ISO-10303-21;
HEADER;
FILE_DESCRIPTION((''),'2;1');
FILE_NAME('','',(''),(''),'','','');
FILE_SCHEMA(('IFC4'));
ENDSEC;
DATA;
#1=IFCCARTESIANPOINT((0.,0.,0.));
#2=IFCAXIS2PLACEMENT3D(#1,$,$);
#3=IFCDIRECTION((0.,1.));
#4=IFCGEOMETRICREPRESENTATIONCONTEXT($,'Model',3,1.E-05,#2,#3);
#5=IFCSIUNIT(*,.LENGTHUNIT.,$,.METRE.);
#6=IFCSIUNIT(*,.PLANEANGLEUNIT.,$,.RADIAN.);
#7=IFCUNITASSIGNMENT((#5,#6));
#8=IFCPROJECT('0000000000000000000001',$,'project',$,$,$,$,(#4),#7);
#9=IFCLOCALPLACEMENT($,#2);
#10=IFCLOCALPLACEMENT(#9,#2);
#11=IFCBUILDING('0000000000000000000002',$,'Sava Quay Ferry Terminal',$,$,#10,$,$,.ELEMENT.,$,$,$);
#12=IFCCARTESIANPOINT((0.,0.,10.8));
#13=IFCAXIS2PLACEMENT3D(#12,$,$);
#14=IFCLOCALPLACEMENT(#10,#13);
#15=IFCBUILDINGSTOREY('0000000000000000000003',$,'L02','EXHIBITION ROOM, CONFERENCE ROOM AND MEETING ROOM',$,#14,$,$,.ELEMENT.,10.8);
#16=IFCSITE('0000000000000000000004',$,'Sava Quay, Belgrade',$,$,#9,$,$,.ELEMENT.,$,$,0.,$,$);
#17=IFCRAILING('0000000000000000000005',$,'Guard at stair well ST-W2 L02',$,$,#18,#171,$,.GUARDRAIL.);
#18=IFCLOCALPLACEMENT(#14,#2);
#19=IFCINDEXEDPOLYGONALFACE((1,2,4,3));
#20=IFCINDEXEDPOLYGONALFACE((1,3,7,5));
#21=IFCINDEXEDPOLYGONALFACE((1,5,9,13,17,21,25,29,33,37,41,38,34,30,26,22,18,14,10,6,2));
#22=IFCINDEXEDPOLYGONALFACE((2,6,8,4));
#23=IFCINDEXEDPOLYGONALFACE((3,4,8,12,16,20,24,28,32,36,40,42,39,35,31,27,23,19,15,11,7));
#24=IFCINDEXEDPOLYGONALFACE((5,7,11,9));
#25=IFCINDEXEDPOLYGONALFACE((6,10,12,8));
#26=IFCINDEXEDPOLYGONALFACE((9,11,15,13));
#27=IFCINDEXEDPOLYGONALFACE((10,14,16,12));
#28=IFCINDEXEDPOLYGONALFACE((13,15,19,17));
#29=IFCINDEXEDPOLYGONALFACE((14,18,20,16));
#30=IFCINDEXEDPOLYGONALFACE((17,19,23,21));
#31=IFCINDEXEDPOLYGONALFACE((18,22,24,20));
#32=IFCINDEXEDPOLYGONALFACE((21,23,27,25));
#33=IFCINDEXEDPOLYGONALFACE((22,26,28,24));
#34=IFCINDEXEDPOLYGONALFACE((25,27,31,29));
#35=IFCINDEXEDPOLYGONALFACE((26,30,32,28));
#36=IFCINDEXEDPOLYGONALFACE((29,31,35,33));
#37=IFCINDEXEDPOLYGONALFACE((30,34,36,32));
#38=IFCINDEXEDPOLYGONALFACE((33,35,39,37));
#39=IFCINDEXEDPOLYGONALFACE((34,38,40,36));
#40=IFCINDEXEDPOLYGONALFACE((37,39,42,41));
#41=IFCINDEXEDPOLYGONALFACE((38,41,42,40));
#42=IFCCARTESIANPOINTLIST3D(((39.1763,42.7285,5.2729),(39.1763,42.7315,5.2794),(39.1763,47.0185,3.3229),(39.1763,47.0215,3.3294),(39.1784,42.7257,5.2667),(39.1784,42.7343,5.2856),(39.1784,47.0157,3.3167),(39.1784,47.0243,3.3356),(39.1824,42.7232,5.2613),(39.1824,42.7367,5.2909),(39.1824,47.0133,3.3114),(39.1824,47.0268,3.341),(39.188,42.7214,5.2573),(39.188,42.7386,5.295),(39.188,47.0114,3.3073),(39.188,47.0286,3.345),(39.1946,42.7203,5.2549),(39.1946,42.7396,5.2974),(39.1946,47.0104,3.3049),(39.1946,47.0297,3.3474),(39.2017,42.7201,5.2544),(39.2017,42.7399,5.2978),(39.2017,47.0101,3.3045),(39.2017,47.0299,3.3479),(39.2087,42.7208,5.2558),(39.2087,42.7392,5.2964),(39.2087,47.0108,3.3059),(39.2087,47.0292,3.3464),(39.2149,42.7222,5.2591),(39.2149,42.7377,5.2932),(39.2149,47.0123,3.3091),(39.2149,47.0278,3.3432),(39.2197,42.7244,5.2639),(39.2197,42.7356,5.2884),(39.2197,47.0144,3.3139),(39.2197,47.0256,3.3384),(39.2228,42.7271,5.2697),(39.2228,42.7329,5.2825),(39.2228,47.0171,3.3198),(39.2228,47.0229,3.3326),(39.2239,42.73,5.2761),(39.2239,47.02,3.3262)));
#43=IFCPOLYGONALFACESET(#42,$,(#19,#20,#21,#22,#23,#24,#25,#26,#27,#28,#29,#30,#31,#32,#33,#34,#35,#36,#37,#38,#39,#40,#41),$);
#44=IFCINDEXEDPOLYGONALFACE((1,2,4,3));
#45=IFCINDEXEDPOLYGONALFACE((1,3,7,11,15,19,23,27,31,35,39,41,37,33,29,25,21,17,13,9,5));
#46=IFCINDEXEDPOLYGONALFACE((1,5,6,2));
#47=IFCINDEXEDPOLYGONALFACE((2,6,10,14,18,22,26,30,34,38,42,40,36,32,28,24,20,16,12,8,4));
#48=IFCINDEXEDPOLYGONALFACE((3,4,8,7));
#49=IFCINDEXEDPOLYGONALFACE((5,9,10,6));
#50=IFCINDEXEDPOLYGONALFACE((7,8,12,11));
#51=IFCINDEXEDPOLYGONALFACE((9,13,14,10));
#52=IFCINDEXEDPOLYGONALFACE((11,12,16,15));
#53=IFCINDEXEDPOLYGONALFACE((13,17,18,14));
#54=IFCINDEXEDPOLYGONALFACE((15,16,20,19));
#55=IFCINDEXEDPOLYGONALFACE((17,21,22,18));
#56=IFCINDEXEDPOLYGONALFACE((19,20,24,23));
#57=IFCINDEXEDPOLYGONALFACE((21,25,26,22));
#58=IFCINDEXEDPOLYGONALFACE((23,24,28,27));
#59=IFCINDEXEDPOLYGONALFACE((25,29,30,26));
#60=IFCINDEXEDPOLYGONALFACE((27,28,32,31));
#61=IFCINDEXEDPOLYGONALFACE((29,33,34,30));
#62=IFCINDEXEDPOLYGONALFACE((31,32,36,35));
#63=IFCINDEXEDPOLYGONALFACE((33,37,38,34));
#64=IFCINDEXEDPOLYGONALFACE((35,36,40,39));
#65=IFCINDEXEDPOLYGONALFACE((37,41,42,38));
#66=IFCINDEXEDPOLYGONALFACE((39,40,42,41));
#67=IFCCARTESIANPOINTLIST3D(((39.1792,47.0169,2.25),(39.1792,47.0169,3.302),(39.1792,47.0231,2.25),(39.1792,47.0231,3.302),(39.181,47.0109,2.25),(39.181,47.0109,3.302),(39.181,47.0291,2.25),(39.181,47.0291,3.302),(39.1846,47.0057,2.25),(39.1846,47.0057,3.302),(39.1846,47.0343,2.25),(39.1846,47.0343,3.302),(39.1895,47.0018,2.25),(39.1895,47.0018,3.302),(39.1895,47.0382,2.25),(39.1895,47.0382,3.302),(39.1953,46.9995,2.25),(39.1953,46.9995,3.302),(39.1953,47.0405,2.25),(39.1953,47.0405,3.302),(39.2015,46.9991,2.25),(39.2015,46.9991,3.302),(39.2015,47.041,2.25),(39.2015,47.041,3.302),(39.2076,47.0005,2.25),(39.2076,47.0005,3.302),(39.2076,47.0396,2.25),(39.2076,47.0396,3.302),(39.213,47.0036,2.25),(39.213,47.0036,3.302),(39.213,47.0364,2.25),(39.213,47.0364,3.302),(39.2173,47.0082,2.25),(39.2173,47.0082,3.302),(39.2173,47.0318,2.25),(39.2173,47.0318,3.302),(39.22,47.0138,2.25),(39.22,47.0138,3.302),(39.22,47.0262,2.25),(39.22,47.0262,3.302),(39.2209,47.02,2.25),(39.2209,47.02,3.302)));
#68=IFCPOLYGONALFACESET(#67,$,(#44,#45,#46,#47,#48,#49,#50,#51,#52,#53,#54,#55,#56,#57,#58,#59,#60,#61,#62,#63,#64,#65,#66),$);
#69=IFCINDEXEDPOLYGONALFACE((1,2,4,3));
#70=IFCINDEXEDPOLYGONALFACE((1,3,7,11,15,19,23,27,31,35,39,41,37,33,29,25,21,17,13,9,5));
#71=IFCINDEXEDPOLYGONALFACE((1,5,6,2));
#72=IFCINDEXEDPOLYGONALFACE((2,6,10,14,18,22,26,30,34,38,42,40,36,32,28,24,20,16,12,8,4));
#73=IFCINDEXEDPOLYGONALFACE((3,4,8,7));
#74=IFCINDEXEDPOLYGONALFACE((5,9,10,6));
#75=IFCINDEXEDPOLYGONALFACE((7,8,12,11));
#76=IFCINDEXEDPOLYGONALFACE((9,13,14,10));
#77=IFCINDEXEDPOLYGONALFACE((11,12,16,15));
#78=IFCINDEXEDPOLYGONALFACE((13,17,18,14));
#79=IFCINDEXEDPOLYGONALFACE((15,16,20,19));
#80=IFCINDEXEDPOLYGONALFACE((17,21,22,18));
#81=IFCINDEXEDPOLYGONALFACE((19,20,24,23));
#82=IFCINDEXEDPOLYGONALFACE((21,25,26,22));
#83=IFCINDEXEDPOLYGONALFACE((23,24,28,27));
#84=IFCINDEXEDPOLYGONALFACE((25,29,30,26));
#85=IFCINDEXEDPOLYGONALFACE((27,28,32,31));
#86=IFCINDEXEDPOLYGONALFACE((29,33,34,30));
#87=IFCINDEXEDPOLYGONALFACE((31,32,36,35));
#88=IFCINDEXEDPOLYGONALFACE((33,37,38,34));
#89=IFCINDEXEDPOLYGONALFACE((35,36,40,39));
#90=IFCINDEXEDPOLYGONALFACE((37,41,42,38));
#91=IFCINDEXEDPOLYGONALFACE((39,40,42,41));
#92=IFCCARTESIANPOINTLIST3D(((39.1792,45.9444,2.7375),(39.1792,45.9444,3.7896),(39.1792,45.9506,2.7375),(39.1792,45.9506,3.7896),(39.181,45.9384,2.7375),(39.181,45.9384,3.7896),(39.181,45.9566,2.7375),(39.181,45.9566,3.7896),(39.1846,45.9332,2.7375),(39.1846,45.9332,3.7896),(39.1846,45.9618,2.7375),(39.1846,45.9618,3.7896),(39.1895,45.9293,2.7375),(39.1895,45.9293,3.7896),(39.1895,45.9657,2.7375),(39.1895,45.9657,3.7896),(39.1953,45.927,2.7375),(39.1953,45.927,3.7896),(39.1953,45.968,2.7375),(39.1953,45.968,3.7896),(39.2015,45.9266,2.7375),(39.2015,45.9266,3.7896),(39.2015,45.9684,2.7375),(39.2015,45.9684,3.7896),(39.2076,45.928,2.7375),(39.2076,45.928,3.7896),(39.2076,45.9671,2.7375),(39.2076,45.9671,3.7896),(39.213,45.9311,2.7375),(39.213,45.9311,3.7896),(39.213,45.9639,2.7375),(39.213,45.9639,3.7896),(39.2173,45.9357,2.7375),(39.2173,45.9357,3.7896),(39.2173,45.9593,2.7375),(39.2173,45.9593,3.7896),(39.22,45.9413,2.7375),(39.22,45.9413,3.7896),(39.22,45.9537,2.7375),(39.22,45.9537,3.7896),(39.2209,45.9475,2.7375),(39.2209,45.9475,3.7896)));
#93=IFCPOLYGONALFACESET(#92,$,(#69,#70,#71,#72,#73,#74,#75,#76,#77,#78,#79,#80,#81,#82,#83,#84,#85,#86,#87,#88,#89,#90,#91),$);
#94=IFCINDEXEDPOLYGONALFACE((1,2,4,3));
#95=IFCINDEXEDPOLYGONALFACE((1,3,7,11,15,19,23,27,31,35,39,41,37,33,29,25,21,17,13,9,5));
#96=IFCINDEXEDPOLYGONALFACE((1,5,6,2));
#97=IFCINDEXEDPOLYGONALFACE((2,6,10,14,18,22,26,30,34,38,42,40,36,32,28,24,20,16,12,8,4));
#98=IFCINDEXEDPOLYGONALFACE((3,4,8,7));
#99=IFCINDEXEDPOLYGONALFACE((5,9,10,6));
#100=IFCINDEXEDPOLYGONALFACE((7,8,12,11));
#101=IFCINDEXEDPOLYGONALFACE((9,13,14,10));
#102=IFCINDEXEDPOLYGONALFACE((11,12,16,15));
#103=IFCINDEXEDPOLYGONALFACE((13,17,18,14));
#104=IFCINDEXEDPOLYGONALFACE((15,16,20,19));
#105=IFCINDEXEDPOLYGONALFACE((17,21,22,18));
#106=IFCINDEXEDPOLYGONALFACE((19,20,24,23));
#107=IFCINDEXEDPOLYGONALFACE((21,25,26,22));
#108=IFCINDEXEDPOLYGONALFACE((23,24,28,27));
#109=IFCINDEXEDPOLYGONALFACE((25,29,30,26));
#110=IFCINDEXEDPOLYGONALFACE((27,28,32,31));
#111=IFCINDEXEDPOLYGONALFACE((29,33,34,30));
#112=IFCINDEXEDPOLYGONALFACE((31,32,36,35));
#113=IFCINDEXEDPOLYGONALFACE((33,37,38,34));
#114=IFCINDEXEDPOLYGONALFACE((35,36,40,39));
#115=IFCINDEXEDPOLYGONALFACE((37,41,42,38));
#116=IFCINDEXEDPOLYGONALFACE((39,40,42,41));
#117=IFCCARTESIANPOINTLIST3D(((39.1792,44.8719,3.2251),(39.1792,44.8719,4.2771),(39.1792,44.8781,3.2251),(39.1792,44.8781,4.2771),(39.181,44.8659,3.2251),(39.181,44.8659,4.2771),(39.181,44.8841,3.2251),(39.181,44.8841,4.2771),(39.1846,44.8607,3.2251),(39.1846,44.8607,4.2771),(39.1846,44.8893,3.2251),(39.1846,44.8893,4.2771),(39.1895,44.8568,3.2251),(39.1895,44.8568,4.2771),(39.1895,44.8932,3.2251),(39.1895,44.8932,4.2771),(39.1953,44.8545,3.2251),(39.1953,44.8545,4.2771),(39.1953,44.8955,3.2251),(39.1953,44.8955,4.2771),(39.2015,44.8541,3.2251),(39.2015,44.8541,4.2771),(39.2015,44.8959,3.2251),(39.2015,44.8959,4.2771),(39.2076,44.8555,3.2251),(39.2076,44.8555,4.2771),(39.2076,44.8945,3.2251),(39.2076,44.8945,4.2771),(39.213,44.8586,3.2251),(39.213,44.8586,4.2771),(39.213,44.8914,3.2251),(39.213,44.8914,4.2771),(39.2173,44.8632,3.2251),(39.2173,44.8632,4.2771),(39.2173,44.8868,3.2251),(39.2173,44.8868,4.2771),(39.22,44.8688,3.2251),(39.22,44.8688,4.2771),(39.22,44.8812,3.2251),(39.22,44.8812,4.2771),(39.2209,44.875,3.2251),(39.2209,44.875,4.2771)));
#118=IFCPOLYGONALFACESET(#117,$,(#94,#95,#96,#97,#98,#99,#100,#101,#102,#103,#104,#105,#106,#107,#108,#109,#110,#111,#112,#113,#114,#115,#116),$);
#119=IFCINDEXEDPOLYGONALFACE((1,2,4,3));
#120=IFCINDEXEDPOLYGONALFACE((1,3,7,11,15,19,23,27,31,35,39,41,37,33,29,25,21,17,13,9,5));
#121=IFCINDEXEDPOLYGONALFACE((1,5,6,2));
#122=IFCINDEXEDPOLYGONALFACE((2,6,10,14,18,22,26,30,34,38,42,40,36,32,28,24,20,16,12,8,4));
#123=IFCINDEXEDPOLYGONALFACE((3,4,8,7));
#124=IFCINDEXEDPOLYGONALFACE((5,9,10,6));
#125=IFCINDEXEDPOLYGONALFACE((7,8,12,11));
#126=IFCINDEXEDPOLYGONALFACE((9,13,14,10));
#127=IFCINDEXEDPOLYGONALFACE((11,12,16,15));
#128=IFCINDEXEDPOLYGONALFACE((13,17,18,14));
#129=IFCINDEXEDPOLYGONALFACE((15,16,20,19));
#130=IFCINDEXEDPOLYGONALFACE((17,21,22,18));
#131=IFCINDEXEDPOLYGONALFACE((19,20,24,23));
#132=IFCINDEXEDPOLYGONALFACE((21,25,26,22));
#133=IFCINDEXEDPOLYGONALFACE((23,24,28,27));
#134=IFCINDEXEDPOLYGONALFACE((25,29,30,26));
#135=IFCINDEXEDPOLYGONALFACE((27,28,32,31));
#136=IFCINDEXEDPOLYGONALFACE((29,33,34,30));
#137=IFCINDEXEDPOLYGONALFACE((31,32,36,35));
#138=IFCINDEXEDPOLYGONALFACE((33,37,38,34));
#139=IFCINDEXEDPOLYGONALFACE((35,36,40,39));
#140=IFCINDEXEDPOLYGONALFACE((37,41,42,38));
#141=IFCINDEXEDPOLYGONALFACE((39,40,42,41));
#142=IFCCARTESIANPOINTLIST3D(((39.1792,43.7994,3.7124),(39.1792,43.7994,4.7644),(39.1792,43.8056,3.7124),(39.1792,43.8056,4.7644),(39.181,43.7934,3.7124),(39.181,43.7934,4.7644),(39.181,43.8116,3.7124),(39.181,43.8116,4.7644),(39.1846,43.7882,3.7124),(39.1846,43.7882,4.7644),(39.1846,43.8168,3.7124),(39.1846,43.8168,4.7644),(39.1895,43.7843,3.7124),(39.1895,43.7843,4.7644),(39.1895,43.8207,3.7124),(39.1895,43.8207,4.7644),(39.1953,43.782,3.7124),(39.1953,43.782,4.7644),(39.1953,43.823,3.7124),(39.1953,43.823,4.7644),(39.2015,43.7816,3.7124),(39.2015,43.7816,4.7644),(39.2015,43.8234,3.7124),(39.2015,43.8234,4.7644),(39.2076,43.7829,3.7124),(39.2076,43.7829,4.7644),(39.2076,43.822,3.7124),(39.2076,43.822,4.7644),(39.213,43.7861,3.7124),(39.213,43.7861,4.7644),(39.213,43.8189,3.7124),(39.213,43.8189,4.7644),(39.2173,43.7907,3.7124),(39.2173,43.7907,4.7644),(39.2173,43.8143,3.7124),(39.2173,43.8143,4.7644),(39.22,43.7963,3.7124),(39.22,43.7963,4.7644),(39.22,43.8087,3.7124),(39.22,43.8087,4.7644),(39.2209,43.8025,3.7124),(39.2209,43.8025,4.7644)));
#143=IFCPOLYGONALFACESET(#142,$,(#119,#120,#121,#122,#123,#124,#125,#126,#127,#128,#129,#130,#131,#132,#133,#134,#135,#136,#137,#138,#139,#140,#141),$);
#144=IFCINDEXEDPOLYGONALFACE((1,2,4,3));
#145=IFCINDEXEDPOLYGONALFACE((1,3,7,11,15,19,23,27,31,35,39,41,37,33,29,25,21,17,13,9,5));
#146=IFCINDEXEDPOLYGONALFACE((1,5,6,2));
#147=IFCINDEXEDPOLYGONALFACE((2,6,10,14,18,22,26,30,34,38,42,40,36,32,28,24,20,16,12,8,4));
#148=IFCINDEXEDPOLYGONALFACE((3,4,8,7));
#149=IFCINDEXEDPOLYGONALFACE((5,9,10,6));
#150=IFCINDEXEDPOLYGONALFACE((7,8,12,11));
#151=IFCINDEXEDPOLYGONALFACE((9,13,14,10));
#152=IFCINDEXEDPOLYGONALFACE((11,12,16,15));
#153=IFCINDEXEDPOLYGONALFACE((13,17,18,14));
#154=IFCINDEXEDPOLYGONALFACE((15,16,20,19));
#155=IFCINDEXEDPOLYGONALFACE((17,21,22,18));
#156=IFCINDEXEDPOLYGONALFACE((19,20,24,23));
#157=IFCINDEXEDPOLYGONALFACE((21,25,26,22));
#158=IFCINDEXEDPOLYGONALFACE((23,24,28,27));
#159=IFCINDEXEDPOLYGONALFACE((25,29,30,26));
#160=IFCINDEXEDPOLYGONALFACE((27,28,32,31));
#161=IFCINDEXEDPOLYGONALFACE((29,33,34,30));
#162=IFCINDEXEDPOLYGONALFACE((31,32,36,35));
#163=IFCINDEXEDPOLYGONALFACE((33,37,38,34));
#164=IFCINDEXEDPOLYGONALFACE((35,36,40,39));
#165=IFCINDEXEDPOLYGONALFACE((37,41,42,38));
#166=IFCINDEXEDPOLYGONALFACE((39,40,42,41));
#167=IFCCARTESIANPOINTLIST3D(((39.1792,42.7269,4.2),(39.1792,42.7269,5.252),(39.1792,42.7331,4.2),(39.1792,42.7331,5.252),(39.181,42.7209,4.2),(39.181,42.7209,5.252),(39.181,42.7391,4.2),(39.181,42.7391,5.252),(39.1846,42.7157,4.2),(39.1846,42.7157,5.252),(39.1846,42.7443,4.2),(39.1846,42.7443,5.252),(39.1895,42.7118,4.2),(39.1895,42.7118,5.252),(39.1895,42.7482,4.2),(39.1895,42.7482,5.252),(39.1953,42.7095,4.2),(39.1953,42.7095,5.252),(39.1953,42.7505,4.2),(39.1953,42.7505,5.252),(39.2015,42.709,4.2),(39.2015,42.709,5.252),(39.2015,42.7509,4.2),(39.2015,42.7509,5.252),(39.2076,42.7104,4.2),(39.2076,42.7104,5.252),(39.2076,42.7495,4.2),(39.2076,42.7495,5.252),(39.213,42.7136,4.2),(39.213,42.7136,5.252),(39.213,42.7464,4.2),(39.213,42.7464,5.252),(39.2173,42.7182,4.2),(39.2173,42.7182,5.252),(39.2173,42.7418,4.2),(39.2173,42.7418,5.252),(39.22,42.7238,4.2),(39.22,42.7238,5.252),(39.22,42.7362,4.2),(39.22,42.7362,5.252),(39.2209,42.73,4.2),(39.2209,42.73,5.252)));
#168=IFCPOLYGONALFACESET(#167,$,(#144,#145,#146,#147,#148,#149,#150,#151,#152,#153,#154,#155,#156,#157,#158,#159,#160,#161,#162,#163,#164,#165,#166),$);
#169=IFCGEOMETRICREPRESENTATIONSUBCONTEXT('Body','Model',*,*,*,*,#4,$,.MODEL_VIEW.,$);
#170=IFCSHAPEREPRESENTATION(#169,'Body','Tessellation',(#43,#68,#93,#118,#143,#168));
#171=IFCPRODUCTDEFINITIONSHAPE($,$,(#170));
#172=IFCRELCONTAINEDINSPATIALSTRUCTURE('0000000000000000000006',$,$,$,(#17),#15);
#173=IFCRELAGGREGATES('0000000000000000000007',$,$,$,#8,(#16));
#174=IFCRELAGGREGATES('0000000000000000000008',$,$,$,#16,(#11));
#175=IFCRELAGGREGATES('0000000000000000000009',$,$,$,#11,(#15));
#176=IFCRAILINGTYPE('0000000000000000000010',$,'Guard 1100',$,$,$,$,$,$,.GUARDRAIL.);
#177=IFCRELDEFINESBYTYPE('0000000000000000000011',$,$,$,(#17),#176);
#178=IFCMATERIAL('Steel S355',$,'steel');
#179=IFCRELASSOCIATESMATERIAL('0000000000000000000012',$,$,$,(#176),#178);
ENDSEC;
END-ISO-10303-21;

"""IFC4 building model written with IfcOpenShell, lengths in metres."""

from ifc_helpers import new_model, si_unit, direction, frame, origin, origin_2d, place, context, subcontext, project, spatial, circle, extrude, material, type_object, element, save


model = new_model("IFC4")

# Units and contexts
model_context = context("Model", 3, precision=1e-05, world=origin(), true_north=direction((0.0, 1.0)))
body_context = subcontext(model_context, "Body", "Model", "MODEL_VIEW")
ifc_project = project(units=[si_unit("LENGTHUNIT", "METRE"), si_unit("PLANEANGLEUNIT", "RADIAN")], contexts=[model_context])

# Site, building, storey
site_placement = place(None, origin())
site = spatial("IfcSite", under=ifc_project, at=site_placement, Name="Sava Quay, Belgrade", CompositionType="ELEMENT", RefElevation=0.0)
building_placement = place(site_placement, origin())
building = spatial("IfcBuilding", under=site, at=building_placement, Name="Sava Quay Ferry Terminal", CompositionType="ELEMENT")
storey_placement = place(building_placement, frame((0.0, 0.0, 10.8)))
storey = spatial("IfcBuildingStorey", under=building, at=storey_placement, Name="L02", Description="EXHIBITION ROOM, CONFERENCE ROOM AND MEETING ROOM", CompositionType="ELEMENT", Elevation=10.8)

# Railing
ifc_material_1 = material(Name="Steel S355", Category="steel")
railing_type_1 = type_object("IfcRailingType", Name="Guard 1100", PredefinedType="GUARDRAIL", material=ifc_material_1)
railing_1_placement = place(storey_placement, frame((39.2, 47.02, 2.25)))
element("IfcRailing", 1, at=railing_1_placement, inside=storey, type_object=railing_type_1, Name="Guard at stair well ST-W2 L02", PredefinedType="GUARDRAIL", context=body_context, shape_type="SweptSolid", body=[
    extrude(circle(Radius=0.0239, at=origin_2d()), frame((0.0, 0.0, 1.0762), z_axis=(0.0, -0.910372, 0.413791), x_axis=(1.0, 0.0, 0.0)), (0.0, 0.0, 1.0), 4.7124),
    extrude(circle(Radius=0.021, at=origin_2d()), origin(), (0.0, 0.0, 1.0), 1.052),
    extrude(circle(Radius=0.021, at=origin_2d()), frame((0.0, -1.0725, 0.4875)), (0.0, 0.0, 1.0), 1.052),
    extrude(circle(Radius=0.021, at=origin_2d()), frame((0.0, -2.145, 0.9751)), (0.0, 0.0, 1.0), 1.052),
    extrude(circle(Radius=0.021, at=origin_2d()), frame((0.0, -3.2175, 1.4624)), (0.0, 0.0, 1.0), 1.052),
    extrude(circle(Radius=0.021, at=origin_2d()), frame((0.0, -4.29, 1.95)), (0.0, 0.0, 1.0), 1.052),
])

save(model, "model.ifc")
